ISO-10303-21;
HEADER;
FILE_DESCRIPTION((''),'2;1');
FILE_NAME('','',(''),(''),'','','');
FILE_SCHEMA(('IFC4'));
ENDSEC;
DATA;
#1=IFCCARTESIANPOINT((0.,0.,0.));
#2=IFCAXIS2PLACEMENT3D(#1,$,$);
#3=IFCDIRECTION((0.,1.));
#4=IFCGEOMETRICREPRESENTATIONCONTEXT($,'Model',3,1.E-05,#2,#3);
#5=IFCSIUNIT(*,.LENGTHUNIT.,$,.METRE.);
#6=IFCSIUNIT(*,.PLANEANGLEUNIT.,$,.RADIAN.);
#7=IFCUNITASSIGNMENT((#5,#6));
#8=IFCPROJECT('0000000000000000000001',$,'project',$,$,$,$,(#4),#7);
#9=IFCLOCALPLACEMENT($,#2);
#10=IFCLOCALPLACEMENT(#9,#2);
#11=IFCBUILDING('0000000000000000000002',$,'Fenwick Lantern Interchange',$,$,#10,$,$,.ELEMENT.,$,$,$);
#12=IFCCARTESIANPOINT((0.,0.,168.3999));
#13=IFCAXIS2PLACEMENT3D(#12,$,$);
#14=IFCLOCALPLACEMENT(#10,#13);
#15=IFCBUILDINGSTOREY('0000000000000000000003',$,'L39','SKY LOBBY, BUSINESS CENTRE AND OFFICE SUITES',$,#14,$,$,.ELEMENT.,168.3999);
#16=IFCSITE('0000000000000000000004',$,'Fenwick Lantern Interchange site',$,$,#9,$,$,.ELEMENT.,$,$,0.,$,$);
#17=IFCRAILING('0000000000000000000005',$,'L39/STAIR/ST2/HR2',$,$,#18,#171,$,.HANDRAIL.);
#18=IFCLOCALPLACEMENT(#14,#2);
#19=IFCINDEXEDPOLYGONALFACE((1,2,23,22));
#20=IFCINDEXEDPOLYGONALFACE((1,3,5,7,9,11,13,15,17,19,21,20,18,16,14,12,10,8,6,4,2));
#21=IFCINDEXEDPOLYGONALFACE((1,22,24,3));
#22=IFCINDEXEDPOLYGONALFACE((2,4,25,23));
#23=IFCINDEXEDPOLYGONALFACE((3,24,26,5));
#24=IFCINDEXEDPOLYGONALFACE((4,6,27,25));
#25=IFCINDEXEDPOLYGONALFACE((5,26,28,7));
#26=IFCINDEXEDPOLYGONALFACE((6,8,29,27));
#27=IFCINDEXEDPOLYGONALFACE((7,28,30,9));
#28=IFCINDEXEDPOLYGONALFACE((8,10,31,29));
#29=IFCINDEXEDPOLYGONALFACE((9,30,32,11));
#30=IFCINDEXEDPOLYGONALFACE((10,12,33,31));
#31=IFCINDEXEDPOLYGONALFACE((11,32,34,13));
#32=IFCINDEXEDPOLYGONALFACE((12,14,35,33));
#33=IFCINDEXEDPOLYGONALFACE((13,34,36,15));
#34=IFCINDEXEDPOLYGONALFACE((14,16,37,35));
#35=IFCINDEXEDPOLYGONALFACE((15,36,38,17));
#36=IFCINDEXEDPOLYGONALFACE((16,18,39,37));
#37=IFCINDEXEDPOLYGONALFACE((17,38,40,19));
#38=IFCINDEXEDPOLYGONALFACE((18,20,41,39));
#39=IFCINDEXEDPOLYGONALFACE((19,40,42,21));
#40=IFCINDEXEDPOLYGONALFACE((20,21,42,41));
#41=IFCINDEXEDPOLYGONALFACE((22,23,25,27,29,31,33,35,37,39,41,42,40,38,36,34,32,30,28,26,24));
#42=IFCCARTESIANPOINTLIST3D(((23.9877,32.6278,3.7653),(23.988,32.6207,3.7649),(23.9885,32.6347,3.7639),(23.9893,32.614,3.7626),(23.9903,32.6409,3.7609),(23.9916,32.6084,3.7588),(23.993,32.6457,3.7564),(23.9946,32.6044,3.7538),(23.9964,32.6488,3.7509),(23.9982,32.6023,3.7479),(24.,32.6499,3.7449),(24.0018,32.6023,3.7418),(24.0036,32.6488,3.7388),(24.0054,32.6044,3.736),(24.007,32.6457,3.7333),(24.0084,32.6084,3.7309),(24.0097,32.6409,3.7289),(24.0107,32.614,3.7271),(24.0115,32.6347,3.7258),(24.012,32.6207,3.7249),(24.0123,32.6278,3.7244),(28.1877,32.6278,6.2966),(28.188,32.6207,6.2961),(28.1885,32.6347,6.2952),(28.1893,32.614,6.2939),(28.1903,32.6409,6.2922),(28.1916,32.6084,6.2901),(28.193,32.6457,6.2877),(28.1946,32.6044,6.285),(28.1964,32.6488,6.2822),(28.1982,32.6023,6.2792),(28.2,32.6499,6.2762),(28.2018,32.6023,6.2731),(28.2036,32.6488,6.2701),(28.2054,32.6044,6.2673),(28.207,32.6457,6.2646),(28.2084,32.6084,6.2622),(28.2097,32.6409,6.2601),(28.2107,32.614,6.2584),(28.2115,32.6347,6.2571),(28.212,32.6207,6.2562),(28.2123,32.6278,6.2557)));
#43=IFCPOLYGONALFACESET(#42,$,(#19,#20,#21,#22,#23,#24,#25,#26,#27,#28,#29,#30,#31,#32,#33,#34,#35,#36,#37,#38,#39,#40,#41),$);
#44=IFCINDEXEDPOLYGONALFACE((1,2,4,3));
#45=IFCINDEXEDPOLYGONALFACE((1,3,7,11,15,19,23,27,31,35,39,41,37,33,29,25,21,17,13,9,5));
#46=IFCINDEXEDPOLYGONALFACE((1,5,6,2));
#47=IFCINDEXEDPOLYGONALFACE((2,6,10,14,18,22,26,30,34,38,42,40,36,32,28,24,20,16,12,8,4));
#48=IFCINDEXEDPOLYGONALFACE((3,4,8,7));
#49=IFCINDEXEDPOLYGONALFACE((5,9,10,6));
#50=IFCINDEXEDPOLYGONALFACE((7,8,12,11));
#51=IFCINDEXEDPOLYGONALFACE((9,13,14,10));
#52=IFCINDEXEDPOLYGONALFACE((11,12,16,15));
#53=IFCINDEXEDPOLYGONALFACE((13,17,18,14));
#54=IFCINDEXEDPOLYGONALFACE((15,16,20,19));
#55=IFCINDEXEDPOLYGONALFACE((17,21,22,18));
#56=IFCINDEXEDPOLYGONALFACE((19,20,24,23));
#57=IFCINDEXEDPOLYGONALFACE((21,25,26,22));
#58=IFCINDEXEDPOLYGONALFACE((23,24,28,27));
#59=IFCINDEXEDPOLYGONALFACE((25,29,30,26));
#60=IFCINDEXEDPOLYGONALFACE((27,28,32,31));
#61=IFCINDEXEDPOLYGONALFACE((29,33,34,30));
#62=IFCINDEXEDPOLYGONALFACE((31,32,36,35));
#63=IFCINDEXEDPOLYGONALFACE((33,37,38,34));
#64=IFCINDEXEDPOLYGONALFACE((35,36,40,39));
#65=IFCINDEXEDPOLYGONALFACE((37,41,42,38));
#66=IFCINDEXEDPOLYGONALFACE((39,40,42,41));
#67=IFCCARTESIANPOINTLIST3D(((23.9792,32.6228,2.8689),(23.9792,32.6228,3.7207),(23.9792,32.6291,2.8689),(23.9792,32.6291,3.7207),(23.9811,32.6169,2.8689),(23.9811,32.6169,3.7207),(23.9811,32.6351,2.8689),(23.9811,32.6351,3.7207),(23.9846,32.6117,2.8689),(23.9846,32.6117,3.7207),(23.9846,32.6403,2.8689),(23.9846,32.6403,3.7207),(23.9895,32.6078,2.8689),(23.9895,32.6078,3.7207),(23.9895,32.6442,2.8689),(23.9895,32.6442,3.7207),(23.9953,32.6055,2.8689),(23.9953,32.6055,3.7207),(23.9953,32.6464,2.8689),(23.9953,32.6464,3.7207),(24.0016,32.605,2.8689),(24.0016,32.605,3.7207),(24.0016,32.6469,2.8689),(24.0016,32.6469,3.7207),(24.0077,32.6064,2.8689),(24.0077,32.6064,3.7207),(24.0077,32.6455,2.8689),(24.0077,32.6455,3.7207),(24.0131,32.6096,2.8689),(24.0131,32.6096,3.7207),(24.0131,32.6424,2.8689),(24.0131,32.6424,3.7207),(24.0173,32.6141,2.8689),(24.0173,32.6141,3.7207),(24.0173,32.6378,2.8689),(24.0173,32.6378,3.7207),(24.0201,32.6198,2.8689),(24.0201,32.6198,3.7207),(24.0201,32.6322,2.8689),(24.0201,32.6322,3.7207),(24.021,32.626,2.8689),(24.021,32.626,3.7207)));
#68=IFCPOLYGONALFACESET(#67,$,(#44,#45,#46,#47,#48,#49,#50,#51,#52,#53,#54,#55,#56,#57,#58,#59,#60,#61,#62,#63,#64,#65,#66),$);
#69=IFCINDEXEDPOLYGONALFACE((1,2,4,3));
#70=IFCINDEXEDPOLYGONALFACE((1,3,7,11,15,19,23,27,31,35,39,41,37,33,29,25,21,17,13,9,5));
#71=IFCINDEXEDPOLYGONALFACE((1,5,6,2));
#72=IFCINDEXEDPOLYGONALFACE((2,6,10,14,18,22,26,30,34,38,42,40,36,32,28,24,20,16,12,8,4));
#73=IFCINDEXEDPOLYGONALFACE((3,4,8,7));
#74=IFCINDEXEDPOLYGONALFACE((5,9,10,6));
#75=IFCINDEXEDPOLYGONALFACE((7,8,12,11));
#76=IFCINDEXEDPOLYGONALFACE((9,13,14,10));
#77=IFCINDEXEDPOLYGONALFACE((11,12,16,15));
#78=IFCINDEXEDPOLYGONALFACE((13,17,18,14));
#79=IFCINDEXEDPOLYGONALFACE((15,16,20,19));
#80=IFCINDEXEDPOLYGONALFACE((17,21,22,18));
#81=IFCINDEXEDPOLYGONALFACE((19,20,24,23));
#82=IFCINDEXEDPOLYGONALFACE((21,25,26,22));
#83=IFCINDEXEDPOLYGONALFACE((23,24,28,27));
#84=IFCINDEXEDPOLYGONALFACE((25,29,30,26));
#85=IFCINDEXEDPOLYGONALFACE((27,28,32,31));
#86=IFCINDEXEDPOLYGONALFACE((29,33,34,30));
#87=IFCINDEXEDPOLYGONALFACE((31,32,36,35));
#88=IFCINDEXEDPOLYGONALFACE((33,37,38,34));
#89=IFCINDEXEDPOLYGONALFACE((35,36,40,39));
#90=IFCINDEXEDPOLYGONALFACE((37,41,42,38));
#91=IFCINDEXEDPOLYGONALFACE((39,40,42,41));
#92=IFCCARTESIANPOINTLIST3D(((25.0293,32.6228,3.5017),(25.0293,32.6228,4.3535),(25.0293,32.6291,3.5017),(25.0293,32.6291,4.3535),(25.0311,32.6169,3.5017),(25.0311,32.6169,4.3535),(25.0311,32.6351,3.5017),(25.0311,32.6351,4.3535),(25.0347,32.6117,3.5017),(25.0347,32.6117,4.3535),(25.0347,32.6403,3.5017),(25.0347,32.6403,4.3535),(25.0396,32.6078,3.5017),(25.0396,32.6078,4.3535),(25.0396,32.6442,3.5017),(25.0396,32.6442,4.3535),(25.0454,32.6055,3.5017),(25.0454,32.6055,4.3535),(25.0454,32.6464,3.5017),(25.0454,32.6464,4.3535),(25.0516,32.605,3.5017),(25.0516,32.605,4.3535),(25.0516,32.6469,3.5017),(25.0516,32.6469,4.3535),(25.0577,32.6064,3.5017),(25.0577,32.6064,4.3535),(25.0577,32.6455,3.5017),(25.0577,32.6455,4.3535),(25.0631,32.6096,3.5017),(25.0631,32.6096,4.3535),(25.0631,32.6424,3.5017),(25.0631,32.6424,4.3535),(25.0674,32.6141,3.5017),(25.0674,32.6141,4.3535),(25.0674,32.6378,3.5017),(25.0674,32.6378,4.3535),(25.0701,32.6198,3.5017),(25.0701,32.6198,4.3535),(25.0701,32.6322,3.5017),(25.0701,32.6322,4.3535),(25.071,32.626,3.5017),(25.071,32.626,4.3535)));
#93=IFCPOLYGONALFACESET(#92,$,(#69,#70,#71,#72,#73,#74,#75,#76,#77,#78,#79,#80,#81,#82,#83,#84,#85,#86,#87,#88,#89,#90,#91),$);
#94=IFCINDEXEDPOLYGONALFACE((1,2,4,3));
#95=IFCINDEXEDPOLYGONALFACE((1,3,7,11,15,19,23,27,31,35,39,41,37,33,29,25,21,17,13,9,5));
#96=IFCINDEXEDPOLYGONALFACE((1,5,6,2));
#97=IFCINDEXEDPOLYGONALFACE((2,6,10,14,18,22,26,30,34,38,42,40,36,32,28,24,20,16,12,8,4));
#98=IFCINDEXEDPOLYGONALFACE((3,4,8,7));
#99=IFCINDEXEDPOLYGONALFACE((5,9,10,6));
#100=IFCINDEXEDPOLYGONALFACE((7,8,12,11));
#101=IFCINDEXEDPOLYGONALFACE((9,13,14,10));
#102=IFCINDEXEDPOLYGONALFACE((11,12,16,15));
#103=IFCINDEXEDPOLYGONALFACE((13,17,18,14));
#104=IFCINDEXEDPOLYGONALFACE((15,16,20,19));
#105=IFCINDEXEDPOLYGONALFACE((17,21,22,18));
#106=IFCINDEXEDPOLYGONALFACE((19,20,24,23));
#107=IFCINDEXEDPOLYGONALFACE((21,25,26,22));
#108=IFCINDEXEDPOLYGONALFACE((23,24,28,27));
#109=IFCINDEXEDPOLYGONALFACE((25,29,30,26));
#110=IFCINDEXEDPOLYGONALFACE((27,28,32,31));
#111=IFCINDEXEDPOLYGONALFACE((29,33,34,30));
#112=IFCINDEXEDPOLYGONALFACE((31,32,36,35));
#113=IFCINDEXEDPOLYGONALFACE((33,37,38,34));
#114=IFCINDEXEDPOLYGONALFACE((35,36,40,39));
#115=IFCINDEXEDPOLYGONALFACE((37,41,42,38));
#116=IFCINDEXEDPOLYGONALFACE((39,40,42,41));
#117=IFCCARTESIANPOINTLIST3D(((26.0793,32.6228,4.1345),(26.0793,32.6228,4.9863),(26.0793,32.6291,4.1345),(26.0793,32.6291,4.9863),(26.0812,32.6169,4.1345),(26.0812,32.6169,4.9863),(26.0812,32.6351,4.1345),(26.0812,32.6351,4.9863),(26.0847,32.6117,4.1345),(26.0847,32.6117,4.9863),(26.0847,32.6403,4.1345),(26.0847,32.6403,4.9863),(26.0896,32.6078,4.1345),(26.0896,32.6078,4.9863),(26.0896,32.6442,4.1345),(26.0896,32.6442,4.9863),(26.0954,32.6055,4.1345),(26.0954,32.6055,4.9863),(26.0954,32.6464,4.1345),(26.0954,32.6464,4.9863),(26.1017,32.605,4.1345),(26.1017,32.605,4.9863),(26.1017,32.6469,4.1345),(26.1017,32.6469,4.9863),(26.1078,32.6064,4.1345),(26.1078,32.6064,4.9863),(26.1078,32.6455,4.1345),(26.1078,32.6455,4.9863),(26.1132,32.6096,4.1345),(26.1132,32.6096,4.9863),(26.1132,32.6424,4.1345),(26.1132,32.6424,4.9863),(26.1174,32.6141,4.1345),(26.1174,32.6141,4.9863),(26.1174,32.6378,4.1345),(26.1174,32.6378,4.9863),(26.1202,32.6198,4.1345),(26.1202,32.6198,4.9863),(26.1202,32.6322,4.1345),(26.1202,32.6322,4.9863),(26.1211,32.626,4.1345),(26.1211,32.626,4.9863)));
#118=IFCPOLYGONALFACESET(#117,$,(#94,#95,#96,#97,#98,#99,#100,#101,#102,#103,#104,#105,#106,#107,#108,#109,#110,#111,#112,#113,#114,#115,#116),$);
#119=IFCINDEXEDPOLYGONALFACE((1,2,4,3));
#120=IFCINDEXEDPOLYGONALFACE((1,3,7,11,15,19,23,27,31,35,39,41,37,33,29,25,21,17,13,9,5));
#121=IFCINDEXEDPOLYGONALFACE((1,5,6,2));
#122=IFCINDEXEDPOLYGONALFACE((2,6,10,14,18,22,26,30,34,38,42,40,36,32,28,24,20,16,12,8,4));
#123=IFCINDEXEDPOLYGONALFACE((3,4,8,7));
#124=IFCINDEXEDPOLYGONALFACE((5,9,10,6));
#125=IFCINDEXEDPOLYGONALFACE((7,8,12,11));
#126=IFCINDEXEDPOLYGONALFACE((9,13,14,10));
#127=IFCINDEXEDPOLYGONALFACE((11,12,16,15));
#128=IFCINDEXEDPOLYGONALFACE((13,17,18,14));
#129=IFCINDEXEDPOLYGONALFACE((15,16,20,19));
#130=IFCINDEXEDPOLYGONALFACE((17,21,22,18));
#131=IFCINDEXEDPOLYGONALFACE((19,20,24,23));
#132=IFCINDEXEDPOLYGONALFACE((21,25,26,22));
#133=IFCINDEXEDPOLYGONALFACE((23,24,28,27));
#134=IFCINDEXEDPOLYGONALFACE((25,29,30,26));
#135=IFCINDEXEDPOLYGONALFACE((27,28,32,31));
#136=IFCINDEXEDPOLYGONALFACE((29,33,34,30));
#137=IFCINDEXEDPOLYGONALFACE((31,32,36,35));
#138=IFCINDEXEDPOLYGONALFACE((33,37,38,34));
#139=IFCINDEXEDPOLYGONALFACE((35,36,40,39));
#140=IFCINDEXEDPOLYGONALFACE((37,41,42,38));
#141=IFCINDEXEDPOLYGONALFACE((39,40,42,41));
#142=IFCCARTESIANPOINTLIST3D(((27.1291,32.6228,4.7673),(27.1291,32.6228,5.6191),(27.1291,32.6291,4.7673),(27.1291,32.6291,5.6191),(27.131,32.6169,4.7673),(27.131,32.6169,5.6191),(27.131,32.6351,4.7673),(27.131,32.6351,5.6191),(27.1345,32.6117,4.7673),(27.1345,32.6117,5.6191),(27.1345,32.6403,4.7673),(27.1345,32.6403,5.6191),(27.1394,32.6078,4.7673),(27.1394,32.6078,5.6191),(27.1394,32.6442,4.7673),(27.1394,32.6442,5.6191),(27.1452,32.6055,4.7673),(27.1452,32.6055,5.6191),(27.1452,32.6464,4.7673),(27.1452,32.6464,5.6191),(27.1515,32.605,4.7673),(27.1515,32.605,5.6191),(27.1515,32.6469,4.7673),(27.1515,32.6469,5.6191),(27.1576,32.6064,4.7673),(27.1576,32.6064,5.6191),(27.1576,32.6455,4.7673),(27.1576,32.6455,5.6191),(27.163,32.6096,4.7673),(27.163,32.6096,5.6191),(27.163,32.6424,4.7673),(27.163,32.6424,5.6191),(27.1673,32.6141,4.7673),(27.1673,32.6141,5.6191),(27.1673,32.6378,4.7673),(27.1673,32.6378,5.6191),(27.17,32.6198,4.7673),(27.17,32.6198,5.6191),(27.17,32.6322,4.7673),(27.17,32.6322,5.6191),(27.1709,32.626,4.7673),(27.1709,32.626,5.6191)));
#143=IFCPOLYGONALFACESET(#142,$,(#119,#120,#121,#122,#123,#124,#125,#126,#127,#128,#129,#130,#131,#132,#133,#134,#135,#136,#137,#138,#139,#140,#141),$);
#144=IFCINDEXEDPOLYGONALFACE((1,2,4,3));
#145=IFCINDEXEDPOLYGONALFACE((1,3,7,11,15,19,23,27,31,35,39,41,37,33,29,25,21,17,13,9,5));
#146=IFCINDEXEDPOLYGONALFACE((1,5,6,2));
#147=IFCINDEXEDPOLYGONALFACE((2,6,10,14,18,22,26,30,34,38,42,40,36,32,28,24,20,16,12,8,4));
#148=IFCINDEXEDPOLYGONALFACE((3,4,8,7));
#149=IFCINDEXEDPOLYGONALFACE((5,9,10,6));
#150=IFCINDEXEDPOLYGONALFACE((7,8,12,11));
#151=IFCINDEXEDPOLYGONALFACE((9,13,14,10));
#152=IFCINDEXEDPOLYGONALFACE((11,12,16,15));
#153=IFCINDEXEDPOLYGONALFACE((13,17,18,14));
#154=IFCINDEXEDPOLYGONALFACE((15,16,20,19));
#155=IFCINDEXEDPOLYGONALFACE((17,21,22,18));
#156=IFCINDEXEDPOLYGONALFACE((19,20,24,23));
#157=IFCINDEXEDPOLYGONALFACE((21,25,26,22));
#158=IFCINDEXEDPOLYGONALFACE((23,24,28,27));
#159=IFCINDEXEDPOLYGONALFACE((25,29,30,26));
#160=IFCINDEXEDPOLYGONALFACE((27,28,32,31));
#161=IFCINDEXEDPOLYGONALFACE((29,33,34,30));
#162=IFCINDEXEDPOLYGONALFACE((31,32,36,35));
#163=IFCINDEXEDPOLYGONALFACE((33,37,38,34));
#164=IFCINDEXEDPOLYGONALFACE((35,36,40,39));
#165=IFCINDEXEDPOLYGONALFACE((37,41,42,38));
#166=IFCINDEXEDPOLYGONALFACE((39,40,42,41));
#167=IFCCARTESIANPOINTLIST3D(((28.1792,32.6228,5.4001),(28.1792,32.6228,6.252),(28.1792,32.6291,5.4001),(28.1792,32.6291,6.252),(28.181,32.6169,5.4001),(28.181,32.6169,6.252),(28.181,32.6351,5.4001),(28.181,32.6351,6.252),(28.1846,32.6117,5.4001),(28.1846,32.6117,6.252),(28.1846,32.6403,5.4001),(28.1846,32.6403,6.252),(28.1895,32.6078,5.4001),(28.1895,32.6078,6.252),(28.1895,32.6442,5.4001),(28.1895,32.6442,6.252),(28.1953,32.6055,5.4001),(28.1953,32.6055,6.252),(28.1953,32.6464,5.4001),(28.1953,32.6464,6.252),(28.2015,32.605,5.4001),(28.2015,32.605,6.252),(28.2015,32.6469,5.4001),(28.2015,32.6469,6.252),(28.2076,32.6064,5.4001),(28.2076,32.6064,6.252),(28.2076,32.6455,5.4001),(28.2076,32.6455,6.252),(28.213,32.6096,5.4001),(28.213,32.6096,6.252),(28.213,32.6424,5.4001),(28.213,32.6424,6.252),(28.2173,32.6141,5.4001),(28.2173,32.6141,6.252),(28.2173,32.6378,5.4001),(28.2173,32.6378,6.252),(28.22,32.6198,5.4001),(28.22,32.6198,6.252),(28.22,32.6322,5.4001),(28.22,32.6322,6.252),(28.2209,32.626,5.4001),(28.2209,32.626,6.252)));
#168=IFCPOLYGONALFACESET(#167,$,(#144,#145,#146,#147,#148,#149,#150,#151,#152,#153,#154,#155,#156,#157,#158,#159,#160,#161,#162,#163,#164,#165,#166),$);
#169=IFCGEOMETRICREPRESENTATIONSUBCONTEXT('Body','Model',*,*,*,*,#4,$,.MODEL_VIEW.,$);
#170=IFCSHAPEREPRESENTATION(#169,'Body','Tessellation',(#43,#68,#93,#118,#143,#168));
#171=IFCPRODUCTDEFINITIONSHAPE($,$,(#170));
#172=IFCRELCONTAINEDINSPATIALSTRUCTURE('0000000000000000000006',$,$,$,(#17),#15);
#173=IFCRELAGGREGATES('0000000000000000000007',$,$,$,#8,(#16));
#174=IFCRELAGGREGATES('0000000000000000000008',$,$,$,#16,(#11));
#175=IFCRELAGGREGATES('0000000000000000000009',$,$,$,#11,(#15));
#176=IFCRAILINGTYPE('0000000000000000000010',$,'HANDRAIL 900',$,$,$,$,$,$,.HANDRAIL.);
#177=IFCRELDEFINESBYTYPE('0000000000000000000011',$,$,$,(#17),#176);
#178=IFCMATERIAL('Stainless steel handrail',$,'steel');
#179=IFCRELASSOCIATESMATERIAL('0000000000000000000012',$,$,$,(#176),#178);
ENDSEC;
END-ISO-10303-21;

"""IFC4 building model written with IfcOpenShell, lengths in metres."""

from ifc_helpers import new_model, si_unit, direction, frame, origin, origin_2d, place, context, subcontext, project, spatial, circle, extrude, material, type_object, element, save


model = new_model("IFC4")

# Units and contexts
model_context = context("Model", 3, precision=1e-05, world=origin(), true_north=direction((0.0, 1.0)))
body_context = subcontext(model_context, "Body", "Model", "MODEL_VIEW")
ifc_project = project(units=[si_unit("LENGTHUNIT", "METRE"), si_unit("PLANEANGLEUNIT", "RADIAN")], contexts=[model_context])

# Site, building, storey
site_placement = place(None, origin())
site = spatial("IfcSite", under=ifc_project, at=site_placement, Name="Fenwick Lantern Interchange site", CompositionType="ELEMENT", RefElevation=0.0)
building_placement = place(site_placement, origin())
building = spatial("IfcBuilding", under=site, at=building_placement, Name="Fenwick Lantern Interchange", CompositionType="ELEMENT")
storey_placement = place(building_placement, frame((0.0, 0.0, 168.3999)))
storey = spatial("IfcBuildingStorey", under=building, at=storey_placement, Name="L39", Description="SKY LOBBY, BUSINESS CENTRE AND OFFICE SUITES", CompositionType="ELEMENT", Elevation=168.3999)

# Railing
ifc_material_1 = material(Name="Stainless steel handrail", Category="steel")
railing_type = type_object("IfcRailingType", Name="HANDRAIL 900", PredefinedType="HANDRAIL", material=ifc_material_1)
railing_1_placement = place(storey_placement, frame((24.0, 32.626, 2.8689)))
element("IfcRailing", 1, at=railing_1_placement, inside=storey, type_object=railing_type, Name="L39/STAIR/ST2/HR2", PredefinedType="HANDRAIL", context=body_context, shape_type="SweptSolid", body=[
    extrude(circle(Radius=0.0239, at=origin_2d()), frame((0.0, 0.0, 0.876), z_axis=(0.856476, 0.0, 0.516186), x_axis=(0.0, 1.0, 0.0)), (0.0, 0.0, 1.0), 4.9038),
    extrude(circle(Radius=0.021, at=origin_2d()), origin(), (0.0, 0.0, 1.0), 0.8518),
    extrude(circle(Radius=0.021, at=origin_2d()), frame((1.05, 0.0, 0.6328)), (0.0, 0.0, 1.0), 0.8518),
    extrude(circle(Radius=0.021, at=origin_2d()), frame((2.1001, 0.0, 1.2656)), (0.0, 0.0, 1.0), 0.8518),
    extrude(circle(Radius=0.021, at=origin_2d()), frame((3.1499, 0.0, 1.8984)), (0.0, 0.0, 1.0), 0.8518),
    extrude(circle(Radius=0.021, at=origin_2d()), frame((4.2, 0.0, 2.5312)), (0.0, 0.0, 1.0), 0.8518),
])

save(model, "model.ifc")
